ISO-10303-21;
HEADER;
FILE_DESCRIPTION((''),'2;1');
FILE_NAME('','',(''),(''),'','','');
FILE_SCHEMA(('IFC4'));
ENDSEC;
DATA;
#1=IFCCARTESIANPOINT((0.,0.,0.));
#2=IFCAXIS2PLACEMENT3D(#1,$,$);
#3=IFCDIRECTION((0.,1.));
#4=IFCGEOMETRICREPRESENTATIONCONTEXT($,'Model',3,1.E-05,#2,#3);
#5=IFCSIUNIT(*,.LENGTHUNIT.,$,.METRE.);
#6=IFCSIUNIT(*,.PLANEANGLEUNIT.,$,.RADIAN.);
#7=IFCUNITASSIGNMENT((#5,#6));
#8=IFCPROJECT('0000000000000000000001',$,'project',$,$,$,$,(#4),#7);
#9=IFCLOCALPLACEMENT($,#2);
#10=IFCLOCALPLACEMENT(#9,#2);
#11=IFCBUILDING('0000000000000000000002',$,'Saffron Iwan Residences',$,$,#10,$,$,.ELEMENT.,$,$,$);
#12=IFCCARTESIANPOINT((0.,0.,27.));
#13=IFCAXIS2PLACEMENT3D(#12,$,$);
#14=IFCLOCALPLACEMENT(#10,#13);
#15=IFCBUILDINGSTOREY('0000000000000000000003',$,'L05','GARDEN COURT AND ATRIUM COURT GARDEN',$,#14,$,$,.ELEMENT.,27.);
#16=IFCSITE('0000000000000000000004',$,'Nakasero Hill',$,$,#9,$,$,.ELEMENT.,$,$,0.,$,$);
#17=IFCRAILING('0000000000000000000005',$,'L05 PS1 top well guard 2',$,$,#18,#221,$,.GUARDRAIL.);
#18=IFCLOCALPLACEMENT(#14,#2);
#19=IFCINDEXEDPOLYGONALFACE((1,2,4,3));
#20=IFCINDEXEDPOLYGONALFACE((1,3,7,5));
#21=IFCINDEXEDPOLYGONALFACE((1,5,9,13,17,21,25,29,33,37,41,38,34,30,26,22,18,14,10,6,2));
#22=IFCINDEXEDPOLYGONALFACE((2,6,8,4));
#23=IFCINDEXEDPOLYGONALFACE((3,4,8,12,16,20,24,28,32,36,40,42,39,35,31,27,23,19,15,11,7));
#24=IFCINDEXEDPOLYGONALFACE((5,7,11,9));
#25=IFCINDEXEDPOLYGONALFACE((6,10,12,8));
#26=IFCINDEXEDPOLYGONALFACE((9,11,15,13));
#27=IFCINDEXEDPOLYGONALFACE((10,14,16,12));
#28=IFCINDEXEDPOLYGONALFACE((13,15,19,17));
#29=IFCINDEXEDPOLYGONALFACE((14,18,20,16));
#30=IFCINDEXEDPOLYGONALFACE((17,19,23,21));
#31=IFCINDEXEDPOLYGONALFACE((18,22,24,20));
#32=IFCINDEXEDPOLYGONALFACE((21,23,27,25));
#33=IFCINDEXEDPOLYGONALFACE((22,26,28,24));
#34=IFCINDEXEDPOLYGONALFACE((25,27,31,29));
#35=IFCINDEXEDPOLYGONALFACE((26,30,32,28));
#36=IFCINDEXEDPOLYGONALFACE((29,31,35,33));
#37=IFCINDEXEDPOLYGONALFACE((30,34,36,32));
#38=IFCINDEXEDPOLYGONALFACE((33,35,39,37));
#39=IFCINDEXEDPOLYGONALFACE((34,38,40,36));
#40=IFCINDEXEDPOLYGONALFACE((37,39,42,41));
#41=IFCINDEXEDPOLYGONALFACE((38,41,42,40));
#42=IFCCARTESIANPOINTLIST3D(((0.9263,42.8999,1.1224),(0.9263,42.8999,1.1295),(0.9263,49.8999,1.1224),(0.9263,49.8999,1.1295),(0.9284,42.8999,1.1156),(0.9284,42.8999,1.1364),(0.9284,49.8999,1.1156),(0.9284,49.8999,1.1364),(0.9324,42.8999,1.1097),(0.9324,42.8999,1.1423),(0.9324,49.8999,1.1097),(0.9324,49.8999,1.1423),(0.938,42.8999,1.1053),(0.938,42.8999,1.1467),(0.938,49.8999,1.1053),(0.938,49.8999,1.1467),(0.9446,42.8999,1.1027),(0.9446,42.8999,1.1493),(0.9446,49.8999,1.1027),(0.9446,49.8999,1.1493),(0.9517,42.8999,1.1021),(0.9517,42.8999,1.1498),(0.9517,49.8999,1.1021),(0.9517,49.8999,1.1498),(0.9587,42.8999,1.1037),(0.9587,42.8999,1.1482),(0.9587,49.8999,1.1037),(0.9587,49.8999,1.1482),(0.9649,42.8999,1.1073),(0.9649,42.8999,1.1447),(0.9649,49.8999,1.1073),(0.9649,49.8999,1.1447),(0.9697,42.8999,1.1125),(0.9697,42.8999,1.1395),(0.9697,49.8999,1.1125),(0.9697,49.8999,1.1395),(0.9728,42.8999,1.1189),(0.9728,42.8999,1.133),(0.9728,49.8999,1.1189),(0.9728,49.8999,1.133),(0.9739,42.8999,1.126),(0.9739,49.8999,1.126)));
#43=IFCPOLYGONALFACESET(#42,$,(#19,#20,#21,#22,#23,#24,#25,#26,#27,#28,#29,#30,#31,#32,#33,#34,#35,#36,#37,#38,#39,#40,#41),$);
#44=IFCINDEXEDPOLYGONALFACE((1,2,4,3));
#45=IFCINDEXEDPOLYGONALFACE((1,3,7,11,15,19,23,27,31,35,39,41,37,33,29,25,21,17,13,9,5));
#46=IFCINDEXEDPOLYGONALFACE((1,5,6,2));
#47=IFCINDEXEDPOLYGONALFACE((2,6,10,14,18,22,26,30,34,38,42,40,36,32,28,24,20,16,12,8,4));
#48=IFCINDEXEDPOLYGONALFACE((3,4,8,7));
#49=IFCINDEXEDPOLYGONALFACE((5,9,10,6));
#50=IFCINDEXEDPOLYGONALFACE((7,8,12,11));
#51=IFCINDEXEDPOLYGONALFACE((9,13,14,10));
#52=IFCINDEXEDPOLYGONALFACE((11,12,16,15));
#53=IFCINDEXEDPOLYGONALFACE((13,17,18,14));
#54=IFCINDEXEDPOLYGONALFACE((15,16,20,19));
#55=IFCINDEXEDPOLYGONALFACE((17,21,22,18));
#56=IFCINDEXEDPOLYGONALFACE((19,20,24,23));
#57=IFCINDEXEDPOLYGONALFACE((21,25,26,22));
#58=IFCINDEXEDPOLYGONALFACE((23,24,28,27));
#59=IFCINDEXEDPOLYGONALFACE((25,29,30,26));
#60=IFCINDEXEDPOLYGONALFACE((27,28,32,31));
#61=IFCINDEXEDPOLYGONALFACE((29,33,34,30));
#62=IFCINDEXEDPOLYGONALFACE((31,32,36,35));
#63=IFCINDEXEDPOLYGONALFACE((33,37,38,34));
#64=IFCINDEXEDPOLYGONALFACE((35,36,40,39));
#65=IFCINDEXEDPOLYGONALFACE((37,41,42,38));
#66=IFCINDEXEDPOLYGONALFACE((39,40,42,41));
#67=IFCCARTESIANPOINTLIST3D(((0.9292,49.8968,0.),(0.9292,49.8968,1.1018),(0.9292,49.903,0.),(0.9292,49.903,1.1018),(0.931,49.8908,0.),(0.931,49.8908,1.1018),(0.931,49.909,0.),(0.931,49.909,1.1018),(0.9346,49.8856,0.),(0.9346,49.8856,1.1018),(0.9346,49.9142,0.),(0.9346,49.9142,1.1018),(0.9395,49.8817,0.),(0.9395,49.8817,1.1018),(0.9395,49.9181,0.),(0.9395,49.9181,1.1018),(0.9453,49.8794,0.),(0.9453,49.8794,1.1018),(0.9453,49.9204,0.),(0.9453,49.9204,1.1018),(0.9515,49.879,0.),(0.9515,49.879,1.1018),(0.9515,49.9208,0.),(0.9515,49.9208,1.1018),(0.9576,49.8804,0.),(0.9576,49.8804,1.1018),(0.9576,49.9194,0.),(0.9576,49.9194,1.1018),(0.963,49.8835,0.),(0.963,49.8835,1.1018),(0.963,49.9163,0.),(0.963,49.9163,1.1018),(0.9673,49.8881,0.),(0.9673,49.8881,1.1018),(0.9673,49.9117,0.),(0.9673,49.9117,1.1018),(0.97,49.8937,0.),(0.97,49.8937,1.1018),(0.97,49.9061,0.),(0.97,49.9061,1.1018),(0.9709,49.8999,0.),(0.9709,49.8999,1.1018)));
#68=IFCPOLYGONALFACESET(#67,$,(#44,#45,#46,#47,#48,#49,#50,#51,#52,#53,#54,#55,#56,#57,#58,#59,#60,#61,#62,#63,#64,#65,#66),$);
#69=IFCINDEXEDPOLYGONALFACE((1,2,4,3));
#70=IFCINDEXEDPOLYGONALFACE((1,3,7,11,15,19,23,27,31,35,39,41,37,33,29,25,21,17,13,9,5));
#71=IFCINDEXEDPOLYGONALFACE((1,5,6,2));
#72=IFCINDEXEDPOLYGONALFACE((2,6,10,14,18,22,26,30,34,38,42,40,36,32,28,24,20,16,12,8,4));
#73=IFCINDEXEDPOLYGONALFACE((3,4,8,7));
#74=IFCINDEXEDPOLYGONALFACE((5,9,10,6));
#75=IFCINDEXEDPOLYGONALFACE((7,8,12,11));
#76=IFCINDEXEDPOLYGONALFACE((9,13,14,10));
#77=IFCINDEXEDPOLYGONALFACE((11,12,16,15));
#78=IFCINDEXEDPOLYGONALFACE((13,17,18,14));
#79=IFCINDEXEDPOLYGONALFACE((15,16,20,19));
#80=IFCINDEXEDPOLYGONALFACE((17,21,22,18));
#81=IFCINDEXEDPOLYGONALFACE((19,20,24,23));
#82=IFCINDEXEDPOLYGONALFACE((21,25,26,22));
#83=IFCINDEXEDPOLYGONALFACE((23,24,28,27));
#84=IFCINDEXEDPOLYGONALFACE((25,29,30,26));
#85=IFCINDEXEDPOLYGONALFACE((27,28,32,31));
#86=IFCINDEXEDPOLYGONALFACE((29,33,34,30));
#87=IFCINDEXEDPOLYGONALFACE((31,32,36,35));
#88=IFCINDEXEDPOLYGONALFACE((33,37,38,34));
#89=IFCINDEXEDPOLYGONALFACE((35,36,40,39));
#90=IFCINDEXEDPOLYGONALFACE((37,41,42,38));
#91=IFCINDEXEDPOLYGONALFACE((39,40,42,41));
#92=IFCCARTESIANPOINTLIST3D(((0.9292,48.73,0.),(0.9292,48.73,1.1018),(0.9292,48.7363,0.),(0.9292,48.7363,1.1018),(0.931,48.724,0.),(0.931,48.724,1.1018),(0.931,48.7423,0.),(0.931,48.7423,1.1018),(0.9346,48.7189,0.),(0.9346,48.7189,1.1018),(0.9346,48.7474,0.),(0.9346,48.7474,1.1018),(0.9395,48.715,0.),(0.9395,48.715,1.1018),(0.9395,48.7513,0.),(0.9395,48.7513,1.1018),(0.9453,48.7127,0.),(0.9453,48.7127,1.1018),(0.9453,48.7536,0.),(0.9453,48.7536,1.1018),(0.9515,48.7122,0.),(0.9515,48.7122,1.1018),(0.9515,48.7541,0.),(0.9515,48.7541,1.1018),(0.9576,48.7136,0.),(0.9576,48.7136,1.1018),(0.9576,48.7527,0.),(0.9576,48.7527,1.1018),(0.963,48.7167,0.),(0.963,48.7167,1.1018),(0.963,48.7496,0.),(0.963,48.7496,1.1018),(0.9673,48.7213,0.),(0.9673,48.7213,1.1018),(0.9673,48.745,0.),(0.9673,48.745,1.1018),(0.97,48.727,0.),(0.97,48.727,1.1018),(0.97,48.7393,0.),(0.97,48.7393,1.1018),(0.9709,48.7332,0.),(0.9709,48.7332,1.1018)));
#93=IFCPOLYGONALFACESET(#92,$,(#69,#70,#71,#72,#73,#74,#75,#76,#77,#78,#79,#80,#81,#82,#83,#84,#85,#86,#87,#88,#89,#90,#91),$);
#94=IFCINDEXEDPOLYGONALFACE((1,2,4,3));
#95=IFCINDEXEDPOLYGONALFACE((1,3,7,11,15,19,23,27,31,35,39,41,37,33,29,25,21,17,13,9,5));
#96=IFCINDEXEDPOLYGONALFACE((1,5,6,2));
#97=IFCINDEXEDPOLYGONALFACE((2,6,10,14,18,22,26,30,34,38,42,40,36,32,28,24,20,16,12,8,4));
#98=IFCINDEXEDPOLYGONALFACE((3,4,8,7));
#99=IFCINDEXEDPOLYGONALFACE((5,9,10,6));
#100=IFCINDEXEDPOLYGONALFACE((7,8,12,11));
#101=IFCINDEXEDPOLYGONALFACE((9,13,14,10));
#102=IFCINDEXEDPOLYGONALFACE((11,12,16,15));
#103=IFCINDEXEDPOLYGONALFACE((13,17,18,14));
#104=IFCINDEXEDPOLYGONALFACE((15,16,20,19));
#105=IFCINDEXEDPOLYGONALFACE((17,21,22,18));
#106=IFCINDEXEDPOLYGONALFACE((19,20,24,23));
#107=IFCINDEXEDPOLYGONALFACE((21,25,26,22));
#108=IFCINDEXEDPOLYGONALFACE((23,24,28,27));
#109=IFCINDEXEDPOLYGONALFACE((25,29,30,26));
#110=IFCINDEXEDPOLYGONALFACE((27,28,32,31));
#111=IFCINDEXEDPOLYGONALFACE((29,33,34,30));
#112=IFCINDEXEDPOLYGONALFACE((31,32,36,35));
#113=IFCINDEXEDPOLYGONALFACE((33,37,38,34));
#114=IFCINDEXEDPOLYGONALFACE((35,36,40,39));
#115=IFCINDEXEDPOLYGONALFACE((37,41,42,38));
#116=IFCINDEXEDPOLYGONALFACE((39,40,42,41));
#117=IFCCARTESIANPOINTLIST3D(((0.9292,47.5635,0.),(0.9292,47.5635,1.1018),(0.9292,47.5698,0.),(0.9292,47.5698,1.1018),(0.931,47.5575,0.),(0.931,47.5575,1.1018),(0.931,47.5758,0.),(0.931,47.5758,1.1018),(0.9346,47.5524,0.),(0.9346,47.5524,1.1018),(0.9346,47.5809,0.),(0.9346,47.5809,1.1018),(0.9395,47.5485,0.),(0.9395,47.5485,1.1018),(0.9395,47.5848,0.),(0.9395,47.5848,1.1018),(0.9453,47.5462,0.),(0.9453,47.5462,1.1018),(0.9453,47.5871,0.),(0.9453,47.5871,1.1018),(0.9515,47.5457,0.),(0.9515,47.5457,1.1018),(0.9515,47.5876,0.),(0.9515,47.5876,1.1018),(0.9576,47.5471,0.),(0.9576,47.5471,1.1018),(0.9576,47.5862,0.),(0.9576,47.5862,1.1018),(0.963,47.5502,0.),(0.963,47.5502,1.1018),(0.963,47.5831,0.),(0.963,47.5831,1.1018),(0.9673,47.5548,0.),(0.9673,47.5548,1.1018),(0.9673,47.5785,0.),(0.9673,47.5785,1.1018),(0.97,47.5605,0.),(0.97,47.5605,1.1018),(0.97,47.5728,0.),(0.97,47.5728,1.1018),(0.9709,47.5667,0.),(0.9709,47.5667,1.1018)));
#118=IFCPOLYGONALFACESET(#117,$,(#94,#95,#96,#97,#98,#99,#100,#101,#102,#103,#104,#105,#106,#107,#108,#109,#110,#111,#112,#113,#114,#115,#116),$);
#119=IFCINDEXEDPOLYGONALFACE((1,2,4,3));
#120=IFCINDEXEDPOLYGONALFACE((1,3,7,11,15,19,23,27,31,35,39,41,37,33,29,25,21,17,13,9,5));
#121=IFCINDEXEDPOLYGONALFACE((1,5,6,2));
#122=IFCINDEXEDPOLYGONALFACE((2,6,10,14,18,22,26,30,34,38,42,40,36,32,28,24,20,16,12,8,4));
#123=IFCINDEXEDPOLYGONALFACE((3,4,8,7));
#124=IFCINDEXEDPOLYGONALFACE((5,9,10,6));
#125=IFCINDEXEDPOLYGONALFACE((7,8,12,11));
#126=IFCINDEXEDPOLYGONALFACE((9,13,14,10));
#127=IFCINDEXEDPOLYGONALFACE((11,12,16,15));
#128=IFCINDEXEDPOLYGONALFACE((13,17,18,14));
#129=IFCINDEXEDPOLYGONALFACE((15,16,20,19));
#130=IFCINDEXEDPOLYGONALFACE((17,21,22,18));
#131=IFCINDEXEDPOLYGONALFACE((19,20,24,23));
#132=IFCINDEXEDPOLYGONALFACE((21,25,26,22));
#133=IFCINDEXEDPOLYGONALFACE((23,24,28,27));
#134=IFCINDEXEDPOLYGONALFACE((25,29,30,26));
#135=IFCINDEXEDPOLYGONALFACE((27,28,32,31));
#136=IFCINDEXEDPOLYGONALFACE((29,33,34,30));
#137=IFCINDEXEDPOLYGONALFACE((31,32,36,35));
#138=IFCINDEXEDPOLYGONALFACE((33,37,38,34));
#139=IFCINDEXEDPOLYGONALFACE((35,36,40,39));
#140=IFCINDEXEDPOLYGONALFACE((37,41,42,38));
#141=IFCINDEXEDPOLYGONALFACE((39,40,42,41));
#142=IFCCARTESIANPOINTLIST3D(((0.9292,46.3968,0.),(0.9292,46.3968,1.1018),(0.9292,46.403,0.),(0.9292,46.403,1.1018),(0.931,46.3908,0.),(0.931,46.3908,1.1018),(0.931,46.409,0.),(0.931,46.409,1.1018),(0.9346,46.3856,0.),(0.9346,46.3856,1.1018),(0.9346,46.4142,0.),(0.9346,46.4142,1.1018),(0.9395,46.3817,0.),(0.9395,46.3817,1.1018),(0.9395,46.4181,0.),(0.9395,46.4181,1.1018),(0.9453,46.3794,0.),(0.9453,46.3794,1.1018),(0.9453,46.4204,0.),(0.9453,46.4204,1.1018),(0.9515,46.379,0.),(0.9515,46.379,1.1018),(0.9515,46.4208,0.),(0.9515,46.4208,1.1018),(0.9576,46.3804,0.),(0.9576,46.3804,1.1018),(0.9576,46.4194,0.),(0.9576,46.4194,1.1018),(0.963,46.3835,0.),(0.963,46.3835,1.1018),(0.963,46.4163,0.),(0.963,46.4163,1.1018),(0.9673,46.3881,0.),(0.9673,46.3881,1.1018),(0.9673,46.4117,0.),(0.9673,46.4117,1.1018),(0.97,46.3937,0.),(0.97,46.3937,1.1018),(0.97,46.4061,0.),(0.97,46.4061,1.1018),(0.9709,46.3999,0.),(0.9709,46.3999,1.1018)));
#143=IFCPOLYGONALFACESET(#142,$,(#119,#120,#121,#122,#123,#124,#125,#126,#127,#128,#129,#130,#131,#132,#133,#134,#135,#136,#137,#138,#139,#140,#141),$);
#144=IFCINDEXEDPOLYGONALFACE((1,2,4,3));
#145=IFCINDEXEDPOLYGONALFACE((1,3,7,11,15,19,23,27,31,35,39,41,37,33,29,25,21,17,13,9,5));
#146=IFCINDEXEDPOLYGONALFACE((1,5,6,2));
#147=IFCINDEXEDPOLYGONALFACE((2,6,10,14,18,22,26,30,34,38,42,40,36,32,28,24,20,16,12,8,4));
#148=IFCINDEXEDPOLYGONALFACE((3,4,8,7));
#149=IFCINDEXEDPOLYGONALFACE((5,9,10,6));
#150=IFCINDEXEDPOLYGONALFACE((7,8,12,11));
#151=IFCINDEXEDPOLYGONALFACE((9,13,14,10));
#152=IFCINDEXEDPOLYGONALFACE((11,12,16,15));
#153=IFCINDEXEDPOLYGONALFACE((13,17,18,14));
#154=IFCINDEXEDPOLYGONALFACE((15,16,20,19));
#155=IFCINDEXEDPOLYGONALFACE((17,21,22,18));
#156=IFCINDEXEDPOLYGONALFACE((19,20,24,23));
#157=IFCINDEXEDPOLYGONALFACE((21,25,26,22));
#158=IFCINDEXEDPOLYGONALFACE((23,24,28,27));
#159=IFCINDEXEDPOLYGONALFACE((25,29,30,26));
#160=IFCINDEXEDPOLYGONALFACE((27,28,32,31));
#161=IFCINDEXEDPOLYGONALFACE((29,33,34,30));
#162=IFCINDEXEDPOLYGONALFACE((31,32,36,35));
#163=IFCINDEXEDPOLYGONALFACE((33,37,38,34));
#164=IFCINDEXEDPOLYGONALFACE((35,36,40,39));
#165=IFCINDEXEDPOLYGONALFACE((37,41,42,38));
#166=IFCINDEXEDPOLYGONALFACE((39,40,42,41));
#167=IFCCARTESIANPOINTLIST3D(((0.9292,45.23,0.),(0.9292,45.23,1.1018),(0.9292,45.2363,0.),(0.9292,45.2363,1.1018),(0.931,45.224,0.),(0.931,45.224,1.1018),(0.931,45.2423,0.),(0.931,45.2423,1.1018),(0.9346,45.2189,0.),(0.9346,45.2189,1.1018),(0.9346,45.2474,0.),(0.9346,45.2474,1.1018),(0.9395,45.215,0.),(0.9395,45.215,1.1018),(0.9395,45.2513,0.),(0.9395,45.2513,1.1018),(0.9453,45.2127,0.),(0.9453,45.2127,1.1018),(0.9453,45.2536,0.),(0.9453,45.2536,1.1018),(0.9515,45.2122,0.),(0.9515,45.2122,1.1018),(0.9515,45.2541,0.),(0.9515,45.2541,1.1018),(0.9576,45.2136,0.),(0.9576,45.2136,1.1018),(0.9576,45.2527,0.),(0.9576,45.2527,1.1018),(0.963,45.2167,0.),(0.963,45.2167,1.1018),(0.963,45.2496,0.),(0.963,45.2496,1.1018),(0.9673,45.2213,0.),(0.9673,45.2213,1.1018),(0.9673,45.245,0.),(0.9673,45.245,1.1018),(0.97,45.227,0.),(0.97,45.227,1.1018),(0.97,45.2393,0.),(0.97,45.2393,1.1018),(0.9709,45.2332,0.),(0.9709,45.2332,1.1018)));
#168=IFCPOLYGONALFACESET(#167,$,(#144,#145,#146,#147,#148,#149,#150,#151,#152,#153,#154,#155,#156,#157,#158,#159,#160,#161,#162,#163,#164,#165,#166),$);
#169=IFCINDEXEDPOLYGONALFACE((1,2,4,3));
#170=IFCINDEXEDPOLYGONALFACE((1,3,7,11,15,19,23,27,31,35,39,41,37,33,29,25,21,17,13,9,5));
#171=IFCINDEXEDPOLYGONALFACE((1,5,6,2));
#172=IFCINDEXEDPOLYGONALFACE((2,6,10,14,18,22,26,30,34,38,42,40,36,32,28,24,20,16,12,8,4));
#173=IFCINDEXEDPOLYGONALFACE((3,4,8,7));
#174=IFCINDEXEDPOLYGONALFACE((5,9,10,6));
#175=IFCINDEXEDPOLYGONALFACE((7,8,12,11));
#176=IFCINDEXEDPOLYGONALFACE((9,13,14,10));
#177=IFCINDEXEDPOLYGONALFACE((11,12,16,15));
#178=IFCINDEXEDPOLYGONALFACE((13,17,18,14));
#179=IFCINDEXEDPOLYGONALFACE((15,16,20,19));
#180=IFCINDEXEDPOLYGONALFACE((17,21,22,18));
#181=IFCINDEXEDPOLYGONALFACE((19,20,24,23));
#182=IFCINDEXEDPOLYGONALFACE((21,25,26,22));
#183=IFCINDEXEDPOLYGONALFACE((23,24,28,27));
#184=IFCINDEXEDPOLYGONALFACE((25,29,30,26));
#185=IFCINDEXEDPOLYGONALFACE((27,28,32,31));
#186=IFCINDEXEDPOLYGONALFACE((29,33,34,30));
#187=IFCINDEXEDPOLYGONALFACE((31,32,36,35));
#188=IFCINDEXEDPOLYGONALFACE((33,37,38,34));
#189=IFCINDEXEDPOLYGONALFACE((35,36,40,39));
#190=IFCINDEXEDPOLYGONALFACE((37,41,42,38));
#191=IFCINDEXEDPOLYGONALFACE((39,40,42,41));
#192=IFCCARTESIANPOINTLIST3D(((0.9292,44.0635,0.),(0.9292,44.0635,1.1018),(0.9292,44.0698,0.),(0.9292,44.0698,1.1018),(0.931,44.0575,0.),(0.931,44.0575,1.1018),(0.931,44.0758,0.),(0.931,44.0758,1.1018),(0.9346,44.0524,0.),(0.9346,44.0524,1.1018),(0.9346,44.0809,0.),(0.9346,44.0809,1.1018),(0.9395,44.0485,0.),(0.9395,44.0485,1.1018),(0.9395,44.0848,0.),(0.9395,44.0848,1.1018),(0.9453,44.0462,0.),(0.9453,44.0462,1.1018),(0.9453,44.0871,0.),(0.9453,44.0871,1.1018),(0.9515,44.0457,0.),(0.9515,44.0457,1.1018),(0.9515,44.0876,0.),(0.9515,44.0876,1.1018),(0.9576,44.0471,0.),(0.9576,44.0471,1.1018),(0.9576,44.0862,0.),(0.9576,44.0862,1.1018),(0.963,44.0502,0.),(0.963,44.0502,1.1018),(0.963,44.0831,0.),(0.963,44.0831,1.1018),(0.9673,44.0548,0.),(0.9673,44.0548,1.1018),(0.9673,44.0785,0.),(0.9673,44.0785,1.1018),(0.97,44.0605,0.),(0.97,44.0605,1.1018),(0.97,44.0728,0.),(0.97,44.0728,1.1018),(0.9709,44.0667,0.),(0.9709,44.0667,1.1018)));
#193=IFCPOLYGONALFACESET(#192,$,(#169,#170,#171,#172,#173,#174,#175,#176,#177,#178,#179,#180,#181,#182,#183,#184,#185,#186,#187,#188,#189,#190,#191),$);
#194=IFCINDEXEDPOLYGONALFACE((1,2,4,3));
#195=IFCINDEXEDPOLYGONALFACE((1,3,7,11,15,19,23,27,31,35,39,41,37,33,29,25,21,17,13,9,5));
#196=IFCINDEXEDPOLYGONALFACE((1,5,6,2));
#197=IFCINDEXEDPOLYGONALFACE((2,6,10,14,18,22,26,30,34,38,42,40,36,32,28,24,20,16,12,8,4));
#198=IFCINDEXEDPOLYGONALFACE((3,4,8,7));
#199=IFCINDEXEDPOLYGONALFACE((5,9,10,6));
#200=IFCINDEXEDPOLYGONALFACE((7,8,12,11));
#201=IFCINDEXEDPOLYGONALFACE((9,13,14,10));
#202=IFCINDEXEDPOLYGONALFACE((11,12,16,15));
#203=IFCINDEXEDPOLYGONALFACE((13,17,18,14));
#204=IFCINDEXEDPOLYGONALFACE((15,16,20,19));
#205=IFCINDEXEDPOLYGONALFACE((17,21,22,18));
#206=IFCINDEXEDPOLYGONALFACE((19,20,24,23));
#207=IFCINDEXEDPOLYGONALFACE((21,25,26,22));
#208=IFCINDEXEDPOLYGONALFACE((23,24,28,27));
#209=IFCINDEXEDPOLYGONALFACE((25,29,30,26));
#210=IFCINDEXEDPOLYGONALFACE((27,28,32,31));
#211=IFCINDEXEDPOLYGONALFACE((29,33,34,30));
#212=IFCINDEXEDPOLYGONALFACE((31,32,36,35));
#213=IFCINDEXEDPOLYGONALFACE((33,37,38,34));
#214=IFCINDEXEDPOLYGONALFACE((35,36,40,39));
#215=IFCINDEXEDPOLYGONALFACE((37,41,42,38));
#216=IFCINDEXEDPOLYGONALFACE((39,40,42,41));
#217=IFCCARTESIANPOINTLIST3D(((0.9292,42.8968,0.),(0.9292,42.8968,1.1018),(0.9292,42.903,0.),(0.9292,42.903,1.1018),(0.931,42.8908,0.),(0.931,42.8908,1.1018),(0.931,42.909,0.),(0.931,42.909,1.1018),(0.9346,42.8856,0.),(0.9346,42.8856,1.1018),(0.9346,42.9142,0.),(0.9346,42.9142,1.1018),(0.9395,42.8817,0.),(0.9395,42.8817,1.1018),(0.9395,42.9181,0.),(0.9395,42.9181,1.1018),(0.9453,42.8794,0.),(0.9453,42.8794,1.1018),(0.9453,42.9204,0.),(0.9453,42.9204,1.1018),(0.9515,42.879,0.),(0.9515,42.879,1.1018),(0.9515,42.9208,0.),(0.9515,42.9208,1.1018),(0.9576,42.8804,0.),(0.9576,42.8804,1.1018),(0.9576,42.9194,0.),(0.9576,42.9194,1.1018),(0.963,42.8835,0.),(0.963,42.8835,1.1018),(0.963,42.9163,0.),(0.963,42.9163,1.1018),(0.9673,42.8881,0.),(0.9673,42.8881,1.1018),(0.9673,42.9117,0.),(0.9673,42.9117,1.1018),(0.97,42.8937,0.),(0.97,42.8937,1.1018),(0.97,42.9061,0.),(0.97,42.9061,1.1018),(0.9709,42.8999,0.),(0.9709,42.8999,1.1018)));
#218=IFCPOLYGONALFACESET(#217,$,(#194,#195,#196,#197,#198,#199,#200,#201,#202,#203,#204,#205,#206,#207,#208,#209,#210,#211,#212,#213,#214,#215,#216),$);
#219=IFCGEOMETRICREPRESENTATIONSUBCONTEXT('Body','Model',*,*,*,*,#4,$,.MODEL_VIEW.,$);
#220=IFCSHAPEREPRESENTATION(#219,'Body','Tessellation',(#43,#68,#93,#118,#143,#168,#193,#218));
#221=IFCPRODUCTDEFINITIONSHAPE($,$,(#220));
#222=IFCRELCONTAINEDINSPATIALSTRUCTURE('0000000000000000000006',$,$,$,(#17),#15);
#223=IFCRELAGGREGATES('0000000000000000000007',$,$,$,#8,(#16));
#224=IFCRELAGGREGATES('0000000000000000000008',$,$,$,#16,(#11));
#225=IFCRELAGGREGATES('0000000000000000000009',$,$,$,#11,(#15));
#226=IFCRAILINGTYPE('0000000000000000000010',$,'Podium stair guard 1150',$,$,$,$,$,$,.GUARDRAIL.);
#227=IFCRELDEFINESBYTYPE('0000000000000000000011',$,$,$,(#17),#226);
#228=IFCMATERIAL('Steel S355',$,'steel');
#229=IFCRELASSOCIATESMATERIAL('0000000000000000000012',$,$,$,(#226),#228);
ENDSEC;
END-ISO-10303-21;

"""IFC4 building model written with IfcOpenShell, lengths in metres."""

from ifc_helpers import new_model, si_unit, direction, frame, origin, origin_2d, place, context, subcontext, project, spatial, circle, extrude, material, type_object, element, save


model = new_model("IFC4")

# Units and contexts
model_context = context("Model", 3, precision=1e-05, world=origin(), true_north=direction((0.0, 1.0)))
body_context = subcontext(model_context, "Body", "Model", "MODEL_VIEW")
ifc_project = project(units=[si_unit("LENGTHUNIT", "METRE"), si_unit("PLANEANGLEUNIT", "RADIAN")], contexts=[model_context])

# Site, building, storey
site_placement = place(None, origin())
site = spatial("IfcSite", under=ifc_project, at=site_placement, Name="Nakasero Hill", CompositionType="ELEMENT", RefElevation=0.0)
building_placement = place(site_placement, origin())
building = spatial("IfcBuilding", under=site, at=building_placement, Name="Saffron Iwan Residences", CompositionType="ELEMENT")
storey_placement = place(building_placement, frame((0.0, 0.0, 27.0)))
storey = spatial("IfcBuildingStorey", under=building, at=storey_placement, Name="L05", Description="GARDEN COURT AND ATRIUM COURT GARDEN", CompositionType="ELEMENT", Elevation=27.0)

# Railing
ifc_material_1 = material(Name="Steel S355", Category="steel")
railing_type_1 = type_object("IfcRailingType", Name="Podium stair guard 1150", PredefinedType="GUARDRAIL", material=ifc_material_1)
railing_1_placement = place(storey_placement, frame((0.95, 49.8999, 0.0)))
element("IfcRailing", 1, at=railing_1_placement, inside=storey, type_object=railing_type_1, Name="L05 PS1 top well guard 2", PredefinedType="GUARDRAIL", context=body_context, shape_type="SweptSolid", body=[
    extrude(circle(Radius=0.0239, at=origin_2d()), frame((0.0, 0.0, 1.126), z_axis=(0.0, -1.0, 0.0), x_axis=(1.0, 0.0, 0.0)), (0.0, 0.0, 1.0), 7.0),
    extrude(circle(Radius=0.021, at=origin_2d()), origin(), (0.0, 0.0, 1.0), 1.1018),
    extrude(circle(Radius=0.021, at=origin_2d()), frame((0.0, -1.1667, 0.0)), (0.0, 0.0, 1.0), 1.1018),
    extrude(circle(Radius=0.021, at=origin_2d()), frame((0.0, -2.3333, 0.0)), (0.0, 0.0, 1.0), 1.1018),
    extrude(circle(Radius=0.021, at=origin_2d()), frame((0.0, -3.5, 0.0)), (0.0, 0.0, 1.0), 1.1018),
    extrude(circle(Radius=0.021, at=origin_2d()), frame((0.0, -4.6667, 0.0)), (0.0, 0.0, 1.0), 1.1018),
    extrude(circle(Radius=0.021, at=origin_2d()), frame((0.0, -5.8333, 0.0)), (0.0, 0.0, 1.0), 1.1018),
    extrude(circle(Radius=0.021, at=origin_2d()), frame((0.0, -7.0, 0.0)), (0.0, 0.0, 1.0), 1.1018),
])

save(model, "model.ifc")
